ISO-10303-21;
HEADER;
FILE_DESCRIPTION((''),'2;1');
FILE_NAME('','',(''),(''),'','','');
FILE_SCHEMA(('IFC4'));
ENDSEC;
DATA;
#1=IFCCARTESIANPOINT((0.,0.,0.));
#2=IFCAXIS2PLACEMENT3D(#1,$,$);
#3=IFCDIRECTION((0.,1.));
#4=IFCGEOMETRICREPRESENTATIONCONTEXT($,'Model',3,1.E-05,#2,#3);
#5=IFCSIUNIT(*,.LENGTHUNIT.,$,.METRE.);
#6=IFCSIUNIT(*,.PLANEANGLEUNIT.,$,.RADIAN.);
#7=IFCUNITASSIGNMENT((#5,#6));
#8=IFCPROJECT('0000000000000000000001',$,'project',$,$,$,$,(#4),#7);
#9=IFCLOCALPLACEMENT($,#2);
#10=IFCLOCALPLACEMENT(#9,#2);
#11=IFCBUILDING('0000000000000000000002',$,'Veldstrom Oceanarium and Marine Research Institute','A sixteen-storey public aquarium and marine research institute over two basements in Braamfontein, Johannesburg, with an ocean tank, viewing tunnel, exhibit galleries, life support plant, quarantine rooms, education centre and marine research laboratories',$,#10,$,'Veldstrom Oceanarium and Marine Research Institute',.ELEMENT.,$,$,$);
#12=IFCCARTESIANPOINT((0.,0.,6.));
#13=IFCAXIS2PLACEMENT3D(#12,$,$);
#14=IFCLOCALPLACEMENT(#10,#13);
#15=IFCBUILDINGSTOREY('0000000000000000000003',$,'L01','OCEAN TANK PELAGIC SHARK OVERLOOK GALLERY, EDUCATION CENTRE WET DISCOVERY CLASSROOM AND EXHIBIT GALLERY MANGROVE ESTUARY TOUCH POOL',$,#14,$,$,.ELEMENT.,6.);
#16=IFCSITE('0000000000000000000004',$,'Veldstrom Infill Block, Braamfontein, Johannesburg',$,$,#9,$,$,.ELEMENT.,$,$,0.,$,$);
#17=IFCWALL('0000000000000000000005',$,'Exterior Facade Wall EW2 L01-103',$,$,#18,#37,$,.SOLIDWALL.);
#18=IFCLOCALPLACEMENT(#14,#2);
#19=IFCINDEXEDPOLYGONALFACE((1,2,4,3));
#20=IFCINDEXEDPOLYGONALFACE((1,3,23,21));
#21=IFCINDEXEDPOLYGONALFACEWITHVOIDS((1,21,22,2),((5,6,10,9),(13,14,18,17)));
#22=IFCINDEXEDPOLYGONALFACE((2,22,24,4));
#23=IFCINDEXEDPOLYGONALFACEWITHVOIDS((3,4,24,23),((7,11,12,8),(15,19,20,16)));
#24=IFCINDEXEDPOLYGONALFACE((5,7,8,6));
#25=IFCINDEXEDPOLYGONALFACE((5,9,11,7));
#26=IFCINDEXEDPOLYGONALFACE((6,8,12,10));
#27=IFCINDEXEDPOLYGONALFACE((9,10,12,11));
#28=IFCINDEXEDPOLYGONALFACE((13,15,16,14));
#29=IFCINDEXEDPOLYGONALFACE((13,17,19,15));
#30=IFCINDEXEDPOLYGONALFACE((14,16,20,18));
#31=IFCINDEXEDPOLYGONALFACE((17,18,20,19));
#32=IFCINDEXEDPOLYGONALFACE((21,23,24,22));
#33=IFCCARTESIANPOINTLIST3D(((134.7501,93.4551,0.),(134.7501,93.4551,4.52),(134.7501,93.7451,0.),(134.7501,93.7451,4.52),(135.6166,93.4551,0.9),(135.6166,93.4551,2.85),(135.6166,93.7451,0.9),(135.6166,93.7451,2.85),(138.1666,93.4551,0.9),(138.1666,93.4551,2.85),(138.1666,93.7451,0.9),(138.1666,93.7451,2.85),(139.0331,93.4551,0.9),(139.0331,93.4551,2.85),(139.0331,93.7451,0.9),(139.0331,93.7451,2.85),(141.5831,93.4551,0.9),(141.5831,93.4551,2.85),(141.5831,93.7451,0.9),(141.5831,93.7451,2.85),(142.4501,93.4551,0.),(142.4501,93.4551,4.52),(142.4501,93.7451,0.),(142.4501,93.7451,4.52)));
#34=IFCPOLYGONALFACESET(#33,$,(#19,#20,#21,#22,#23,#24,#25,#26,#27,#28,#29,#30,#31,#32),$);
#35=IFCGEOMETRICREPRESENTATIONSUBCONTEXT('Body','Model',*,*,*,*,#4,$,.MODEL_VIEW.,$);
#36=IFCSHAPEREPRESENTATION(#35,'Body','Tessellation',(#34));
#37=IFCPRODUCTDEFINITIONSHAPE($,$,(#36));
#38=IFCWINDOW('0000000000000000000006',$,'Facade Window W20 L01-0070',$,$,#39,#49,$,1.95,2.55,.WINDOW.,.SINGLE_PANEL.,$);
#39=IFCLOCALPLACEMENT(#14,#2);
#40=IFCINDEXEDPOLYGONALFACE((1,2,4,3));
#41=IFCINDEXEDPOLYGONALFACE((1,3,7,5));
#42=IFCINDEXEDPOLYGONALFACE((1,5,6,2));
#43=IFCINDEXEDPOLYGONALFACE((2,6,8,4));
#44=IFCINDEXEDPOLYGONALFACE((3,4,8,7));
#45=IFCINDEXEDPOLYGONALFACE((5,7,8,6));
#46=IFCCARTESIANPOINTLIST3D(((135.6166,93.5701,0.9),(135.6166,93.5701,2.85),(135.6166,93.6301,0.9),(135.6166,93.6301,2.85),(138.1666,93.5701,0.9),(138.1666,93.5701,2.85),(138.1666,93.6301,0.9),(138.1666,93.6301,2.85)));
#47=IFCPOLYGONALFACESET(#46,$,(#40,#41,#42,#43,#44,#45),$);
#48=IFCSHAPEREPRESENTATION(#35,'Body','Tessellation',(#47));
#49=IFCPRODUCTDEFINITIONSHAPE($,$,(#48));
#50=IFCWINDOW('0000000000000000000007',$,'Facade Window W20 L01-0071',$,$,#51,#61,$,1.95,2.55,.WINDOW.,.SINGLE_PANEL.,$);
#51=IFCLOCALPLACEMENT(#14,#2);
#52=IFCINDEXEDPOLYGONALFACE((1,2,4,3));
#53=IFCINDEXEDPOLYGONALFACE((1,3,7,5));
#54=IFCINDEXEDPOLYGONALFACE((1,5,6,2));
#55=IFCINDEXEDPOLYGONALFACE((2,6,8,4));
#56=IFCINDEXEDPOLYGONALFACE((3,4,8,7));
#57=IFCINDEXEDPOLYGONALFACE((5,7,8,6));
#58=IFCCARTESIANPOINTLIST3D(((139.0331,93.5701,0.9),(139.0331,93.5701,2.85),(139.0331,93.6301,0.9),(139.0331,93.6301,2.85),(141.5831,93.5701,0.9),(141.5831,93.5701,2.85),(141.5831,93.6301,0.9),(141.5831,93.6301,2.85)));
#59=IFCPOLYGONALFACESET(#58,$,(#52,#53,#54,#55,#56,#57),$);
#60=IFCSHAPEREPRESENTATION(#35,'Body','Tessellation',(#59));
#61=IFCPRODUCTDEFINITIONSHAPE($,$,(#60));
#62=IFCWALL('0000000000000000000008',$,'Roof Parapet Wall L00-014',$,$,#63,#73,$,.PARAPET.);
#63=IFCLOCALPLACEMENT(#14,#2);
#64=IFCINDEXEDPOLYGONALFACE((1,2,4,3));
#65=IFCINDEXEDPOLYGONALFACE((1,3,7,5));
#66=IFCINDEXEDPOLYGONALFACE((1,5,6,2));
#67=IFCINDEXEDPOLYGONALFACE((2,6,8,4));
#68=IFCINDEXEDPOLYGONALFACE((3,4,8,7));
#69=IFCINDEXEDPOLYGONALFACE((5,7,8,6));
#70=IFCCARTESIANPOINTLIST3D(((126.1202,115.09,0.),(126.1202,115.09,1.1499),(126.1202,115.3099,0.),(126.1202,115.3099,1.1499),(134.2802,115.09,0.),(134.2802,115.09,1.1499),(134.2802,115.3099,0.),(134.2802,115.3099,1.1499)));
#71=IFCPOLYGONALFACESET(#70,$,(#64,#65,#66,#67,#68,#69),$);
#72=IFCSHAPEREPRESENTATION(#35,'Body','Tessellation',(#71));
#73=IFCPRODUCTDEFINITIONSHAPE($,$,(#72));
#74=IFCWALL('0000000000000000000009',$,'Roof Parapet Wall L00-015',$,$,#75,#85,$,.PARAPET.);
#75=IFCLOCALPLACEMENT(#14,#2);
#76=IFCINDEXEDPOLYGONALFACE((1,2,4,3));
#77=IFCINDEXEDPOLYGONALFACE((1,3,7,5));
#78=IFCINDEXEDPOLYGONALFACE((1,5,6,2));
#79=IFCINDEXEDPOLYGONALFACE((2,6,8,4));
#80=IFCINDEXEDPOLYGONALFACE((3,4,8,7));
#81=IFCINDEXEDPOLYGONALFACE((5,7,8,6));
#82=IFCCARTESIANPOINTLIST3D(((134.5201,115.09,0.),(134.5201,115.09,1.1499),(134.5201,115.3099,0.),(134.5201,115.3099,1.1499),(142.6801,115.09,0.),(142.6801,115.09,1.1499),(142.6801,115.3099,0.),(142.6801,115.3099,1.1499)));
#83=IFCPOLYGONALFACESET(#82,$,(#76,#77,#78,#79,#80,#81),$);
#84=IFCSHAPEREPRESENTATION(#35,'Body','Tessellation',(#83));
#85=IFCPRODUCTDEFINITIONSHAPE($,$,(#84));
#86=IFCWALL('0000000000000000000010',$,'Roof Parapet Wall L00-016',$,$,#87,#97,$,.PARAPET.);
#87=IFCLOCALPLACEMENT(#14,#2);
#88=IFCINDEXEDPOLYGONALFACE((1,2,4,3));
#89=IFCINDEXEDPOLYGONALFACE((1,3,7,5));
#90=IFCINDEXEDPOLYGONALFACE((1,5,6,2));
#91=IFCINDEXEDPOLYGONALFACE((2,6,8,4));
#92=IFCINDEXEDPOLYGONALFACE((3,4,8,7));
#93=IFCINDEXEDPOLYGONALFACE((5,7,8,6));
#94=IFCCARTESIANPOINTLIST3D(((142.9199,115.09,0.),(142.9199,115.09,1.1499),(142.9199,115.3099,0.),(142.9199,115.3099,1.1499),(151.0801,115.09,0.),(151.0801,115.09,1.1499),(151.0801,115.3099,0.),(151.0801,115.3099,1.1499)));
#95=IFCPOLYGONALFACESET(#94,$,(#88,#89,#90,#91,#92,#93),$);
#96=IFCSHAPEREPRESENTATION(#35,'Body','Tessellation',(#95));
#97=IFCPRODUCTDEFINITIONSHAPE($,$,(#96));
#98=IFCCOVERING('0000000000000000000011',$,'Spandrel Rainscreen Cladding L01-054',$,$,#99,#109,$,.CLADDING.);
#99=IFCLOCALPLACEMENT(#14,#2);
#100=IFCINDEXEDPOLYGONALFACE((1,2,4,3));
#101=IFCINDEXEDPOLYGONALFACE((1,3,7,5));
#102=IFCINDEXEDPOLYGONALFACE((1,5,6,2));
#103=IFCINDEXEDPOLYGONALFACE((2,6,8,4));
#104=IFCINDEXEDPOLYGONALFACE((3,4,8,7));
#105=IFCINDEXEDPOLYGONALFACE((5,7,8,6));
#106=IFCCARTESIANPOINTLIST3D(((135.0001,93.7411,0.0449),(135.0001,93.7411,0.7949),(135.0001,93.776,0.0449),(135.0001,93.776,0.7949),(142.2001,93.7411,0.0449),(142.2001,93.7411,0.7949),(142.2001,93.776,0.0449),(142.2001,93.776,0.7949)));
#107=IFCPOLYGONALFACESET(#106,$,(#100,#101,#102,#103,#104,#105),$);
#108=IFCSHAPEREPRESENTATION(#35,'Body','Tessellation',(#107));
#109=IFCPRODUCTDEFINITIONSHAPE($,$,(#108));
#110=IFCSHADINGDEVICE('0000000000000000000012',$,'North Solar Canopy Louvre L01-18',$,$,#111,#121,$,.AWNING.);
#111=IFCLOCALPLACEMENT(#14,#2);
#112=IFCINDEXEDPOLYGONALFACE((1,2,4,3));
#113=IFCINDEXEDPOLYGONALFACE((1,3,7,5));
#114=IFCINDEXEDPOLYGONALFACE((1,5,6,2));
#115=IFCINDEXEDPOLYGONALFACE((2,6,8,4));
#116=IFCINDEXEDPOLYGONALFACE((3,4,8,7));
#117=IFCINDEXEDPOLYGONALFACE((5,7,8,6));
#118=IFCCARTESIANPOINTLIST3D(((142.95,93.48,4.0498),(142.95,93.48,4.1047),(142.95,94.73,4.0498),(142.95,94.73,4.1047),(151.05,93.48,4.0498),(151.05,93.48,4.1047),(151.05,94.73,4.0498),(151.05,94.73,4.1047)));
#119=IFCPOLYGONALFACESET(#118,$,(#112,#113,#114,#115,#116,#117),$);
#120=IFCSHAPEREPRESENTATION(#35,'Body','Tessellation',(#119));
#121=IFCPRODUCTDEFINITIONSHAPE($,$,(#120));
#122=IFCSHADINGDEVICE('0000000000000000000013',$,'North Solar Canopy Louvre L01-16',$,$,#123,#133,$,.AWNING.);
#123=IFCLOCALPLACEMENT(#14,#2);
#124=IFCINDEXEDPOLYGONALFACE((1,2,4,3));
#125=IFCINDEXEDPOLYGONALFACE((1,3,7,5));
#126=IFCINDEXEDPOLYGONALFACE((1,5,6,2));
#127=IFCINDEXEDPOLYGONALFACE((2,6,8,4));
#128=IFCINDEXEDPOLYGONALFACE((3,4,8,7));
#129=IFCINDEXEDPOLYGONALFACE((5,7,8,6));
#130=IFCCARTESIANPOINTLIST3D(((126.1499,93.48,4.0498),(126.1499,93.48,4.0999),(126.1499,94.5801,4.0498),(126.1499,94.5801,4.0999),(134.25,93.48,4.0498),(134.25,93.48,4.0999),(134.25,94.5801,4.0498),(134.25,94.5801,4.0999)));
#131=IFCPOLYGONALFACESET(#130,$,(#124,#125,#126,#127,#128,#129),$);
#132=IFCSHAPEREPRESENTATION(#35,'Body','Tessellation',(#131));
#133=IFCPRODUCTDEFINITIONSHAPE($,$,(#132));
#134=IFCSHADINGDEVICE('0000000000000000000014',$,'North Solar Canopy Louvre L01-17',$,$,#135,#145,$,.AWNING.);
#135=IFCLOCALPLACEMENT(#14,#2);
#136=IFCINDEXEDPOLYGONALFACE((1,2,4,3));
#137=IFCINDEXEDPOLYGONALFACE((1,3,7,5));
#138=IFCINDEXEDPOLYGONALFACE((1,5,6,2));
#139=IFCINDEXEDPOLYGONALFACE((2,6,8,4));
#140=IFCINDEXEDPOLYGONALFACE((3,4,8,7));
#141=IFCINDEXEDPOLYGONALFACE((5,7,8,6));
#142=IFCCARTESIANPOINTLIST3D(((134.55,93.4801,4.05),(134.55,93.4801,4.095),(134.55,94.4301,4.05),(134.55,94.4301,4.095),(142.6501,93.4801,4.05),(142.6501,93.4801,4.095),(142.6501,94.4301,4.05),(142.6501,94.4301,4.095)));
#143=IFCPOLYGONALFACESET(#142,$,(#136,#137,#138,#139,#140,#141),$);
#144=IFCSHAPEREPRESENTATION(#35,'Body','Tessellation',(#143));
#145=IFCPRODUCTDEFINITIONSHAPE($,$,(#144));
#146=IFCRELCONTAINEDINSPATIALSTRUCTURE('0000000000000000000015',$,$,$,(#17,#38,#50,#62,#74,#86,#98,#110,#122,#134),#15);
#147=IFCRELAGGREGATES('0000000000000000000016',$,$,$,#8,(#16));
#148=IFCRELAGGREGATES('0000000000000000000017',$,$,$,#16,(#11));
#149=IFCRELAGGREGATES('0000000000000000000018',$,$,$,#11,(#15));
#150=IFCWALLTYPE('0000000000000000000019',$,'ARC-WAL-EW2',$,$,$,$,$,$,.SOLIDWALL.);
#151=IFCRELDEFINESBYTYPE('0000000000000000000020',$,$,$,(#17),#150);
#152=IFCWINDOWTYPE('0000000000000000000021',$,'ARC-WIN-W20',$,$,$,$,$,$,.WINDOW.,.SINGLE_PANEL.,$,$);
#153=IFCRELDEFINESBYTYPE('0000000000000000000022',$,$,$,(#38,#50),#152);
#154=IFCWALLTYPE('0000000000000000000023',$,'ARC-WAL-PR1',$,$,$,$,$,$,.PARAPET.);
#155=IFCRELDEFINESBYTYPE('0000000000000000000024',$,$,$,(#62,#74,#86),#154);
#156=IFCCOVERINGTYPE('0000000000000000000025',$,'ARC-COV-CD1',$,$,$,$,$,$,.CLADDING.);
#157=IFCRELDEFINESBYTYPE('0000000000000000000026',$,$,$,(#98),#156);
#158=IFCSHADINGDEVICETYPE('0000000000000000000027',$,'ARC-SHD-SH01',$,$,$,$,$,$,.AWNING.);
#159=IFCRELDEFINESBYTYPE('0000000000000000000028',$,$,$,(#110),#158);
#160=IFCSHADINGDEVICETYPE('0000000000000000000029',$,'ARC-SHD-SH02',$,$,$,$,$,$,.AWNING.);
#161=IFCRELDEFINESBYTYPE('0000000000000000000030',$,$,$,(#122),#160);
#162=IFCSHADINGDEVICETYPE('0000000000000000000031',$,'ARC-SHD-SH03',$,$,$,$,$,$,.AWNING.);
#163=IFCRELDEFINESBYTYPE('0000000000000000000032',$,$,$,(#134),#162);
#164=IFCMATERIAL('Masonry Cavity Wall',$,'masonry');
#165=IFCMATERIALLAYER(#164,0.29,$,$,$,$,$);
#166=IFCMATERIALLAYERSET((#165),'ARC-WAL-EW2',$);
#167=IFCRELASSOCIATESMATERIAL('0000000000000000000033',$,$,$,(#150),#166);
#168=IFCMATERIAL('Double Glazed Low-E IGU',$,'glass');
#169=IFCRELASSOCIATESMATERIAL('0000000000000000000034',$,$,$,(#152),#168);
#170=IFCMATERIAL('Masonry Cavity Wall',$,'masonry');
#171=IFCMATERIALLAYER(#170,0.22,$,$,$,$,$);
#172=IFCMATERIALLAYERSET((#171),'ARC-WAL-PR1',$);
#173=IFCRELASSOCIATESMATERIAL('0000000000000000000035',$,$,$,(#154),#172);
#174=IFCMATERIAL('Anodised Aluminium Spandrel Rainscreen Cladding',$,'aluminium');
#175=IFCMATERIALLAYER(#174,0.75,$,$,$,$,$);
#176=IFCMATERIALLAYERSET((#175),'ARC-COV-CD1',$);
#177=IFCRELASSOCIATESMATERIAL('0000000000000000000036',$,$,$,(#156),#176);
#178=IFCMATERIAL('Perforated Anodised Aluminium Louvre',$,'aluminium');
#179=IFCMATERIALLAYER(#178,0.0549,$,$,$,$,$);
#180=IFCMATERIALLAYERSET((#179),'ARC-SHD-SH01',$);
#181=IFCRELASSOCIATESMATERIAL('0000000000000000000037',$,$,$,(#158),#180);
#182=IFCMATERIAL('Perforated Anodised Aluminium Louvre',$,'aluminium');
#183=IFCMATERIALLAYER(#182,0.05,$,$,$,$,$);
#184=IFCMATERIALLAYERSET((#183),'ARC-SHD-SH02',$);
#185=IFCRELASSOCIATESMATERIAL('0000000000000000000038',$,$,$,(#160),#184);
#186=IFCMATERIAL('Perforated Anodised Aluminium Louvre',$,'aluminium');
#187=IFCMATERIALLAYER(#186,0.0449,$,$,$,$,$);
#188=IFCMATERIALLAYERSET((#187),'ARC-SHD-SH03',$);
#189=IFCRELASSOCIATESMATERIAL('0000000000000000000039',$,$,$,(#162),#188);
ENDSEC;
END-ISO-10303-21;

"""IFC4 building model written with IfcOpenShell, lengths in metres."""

from ifc_helpers import new_model, si_unit, direction, frame, frame_2d, origin, origin_2d, place, context, subcontext, project, spatial, rectangle, extrude, material, layer, layer_set, type_object, element, fill, save


model = new_model("IFC4")

# Units and contexts
model_context = context("Model", 3, precision=1e-05, world=origin(), true_north=direction((0.0, 1.0)))
body_context = subcontext(model_context, "Body", "Model", "MODEL_VIEW")
ifc_project = project(units=[si_unit("LENGTHUNIT", "METRE"), si_unit("PLANEANGLEUNIT", "RADIAN")], contexts=[model_context])

# Site, building, storey
site_placement = place(None, origin())
site = spatial("IfcSite", under=ifc_project, at=site_placement, Name="Veldstrom Infill Block, Braamfontein, Johannesburg", CompositionType="ELEMENT", RefElevation=0.0)
building_placement = place(site_placement, origin())
building = spatial("IfcBuilding", under=site, at=building_placement, Name="Veldstrom Oceanarium and Marine Research Institute", Description="A sixteen-storey public aquarium and marine research institute over two basements in Braamfontein, Johannesburg, with an ocean tank, viewing tunnel, exhibit galleries, life support plant, quarantine rooms, education centre and marine research laboratories", LongName="Veldstrom Oceanarium and Marine Research Institute", CompositionType="ELEMENT")
storey_placement = place(building_placement, frame((0.0, 0.0, 6.0)))
storey = spatial("IfcBuildingStorey", under=building, at=storey_placement, Name="L01", Description="OCEAN TANK PELAGIC SHARK OVERLOOK GALLERY, EDUCATION CENTRE WET DISCOVERY CLASSROOM AND EXHIBIT GALLERY MANGROVE ESTUARY TOUCH POOL", CompositionType="ELEMENT", Elevation=6.0)

# Wall, openings, windows
ifc_material_1 = material(Name="Masonry Cavity Wall", Category="masonry")
ifc_layer_1 = layer(ifc_material_1, 0.29)
ifc_layer_set_1 = layer_set([ifc_layer_1], Name="ARC-WAL-EW2")
wall_type_1 = type_object("IfcWallType", Name="ARC-WAL-EW2", PredefinedType="SOLIDWALL", material=ifc_layer_set_1)
wall_1_placement = place(storey_placement, frame((134.75, 93.6001, 0.0), z_axis=(0.0, 0.0, 1.0), x_axis=(1.0, 0.0, 0.0)))
wall_1 = element("IfcWall", 1, at=wall_1_placement, inside=storey, type_object=wall_type_1, Name="Exterior Facade Wall EW2 L01-103", PredefinedType="SOLIDWALL", context=body_context, shape_type="SweptSolid", body=[
    extrude(rectangle(XDim=7.7, YDim=0.29, at=frame_2d((3.8501, 0.0))), origin(), (0.0, 0.0, 1.0), 4.52),
])
opening_1_placement = place(wall_1_placement, frame((0.8667, 0.0, 0.8999)))
opening_1 = element("IfcOpeningElement", 2, at=opening_1_placement, cuts=wall_1, PredefinedType="OPENING", context=body_context, shape_type="SweptSolid", body=[
    extrude(rectangle(XDim=2.55, YDim=1.95, at=frame_2d((1.2749, 0.9751))), frame((0.0, 0.155, 0.0), z_axis=(0.0, -1.0, 0.0), x_axis=(1.0, 0.0, 0.0)), (0.0, 0.0, 1.0), 0.3101),
])
opening_2_placement = place(wall_1_placement, frame((4.2832, 0.0, 0.8999)))
opening_2 = element("IfcOpeningElement", 3, at=opening_2_placement, cuts=wall_1, PredefinedType="OPENING", context=body_context, shape_type="SweptSolid", body=[
    extrude(rectangle(XDim=2.55, YDim=1.95, at=frame_2d((1.2749, 0.9751))), frame((0.0, 0.155, 0.0), z_axis=(0.0, -1.0, 0.0), x_axis=(1.0, 0.0, 0.0)), (0.0, 0.0, 1.0), 0.3101),
])
ifc_material_2 = material(Name="Double Glazed Low-E IGU", Category="glass")
window_type = type_object("IfcWindowType", Name="ARC-WIN-W20", PartitioningType="SINGLE_PANEL", PredefinedType="WINDOW", material=ifc_material_2)
window_1_placement = place(opening_1_placement, origin())
window_1 = element("IfcWindow", 4, at=window_1_placement, inside=storey, type_object=window_type, Name="Facade Window W20 L01-0070", OverallHeight=1.95, OverallWidth=2.55, PartitioningType="SINGLE_PANEL", PredefinedType="WINDOW", context=body_context, shape_type="SweptSolid", body=[
    extrude(rectangle(XDim=2.55, YDim=1.95, at=frame_2d((1.2749, 0.9751))), frame((0.0, 0.03, 0.0), z_axis=(0.0, -1.0, 0.0), x_axis=(1.0, 0.0, 0.0)), (0.0, 0.0, 1.0), 0.0601),
])
fill(opening_1, window_1)
window_2_placement = place(opening_2_placement, origin())
window_2 = element("IfcWindow", 5, at=window_2_placement, inside=storey, type_object=window_type, Name="Facade Window W20 L01-0071", OverallHeight=1.95, OverallWidth=2.55, PartitioningType="SINGLE_PANEL", PredefinedType="WINDOW", context=body_context, shape_type="SweptSolid", body=[
    extrude(rectangle(XDim=2.55, YDim=1.95, at=frame_2d((1.2749, 0.9751))), frame((0.0, 0.03, 0.0), z_axis=(0.0, -1.0, 0.0), x_axis=(1.0, 0.0, 0.0)), (0.0, 0.0, 1.0), 0.0601),
])
fill(opening_2, window_2)

# Walls
ifc_material_3 = material(Name="Masonry Cavity Wall", Category="masonry")
ifc_layer_2 = layer(ifc_material_3, 0.22)
ifc_layer_set_2 = layer_set([ifc_layer_2], Name="ARC-WAL-PR1")
wall_type_2 = type_object("IfcWallType", Name="ARC-WAL-PR1", PredefinedType="PARAPET", material=ifc_layer_set_2)
for number, where, z_axis, x_axis, name in (
    (6, (126.1201, 115.2, 0.0), (0.0, 0.0, 1.0), (1.0, 0.0, 0.0), "Roof Parapet Wall L00-014"),
    (7, (134.52, 115.2, 0.0), (0.0, 0.0, 1.0), (1.0, 0.0, 0.0), "Roof Parapet Wall L00-015"),
):
    element("IfcWall", number, at=place(storey_placement, frame(where, z_axis=z_axis, x_axis=x_axis)), inside=storey, type_object=wall_type_2, Name=name, PredefinedType="PARAPET", context=body_context, shape_type="SweptSolid", body=[
        extrude(rectangle(XDim=8.1599, YDim=0.22, at=frame_2d((4.0801, 0.0))), origin(), (0.0, 0.0, 1.0), 1.1499),
    ])
wall_2_placement = place(storey_placement, frame((142.9199, 115.2, 0.0), z_axis=(0.0, 0.0, 1.0), x_axis=(1.0, 0.0, 0.0)))
element("IfcWall", 8, at=wall_2_placement, inside=storey, type_object=wall_type_2, Name="Roof Parapet Wall L00-016", PredefinedType="PARAPET", context=body_context, shape_type="SweptSolid", body=[
    extrude(rectangle(XDim=8.1602, YDim=0.22, at=frame_2d((4.0801, 0.0))), origin(), (0.0, 0.0, 1.0), 1.1499),
])

# Covering
ifc_material_4 = material(Name="Anodised Aluminium Spandrel Rainscreen Cladding", Category="aluminium")
ifc_layer_3 = layer(ifc_material_4, 0.75)
ifc_layer_set_3 = layer_set([ifc_layer_3], Name="ARC-COV-CD1")
covering_type = type_object("IfcCoveringType", Name="ARC-COV-CD1", PredefinedType="CLADDING", material=ifc_layer_set_3)
covering_placement = place(storey_placement, frame((138.6001, 93.7585, 0.0449), z_axis=(0.0, 0.0, 1.0), x_axis=(1.0, 0.0, 0.0)))
element("IfcCovering", 9, at=covering_placement, inside=storey, type_object=covering_type, Name="Spandrel Rainscreen Cladding L01-054", PredefinedType="CLADDING", context=body_context, shape_type="SweptSolid", body=[
    extrude(rectangle(XDim=7.2, YDim=0.0349, at=origin_2d()), origin(), (0.0, 0.0, 1.0), 0.75),
])

# Shading devices
ifc_material_5 = material(Name="Perforated Anodised Aluminium Louvre", Category="aluminium")
ifc_layer_4 = layer(ifc_material_5, 0.0549)
ifc_layer_set_4 = layer_set([ifc_layer_4], Name="ARC-SHD-SH01")
shading_device_type_1 = type_object("IfcShadingDeviceType", Name="ARC-SHD-SH01", PredefinedType="AWNING", material=ifc_layer_set_4)
shading_device_1_placement = place(storey_placement, frame((147.0, 94.105, 4.0498), z_axis=(0.0, 0.0, 1.0), x_axis=(1.0, 0.0, 0.0)))
element("IfcShadingDevice", 10, at=shading_device_1_placement, inside=storey, type_object=shading_device_type_1, Name="North Solar Canopy Louvre L01-18", PredefinedType="AWNING", context=body_context, shape_type="SweptSolid", body=[
    extrude(rectangle(XDim=8.1001, YDim=1.25, at=origin_2d()), origin(), (0.0, 0.0, 1.0), 0.0549),
])
ifc_material_6 = material(Name="Perforated Anodised Aluminium Louvre", Category="aluminium")
ifc_layer_5 = layer(ifc_material_6, 0.05)
ifc_layer_set_5 = layer_set([ifc_layer_5], Name="ARC-SHD-SH02")
shading_device_type_2 = type_object("IfcShadingDeviceType", Name="ARC-SHD-SH02", PredefinedType="AWNING", material=ifc_layer_set_5)
shading_device_2_placement = place(storey_placement, frame((130.2, 94.03, 4.0498), z_axis=(0.0, 0.0, 1.0), x_axis=(1.0, 0.0, 0.0)))
element("IfcShadingDevice", 11, at=shading_device_2_placement, inside=storey, type_object=shading_device_type_2, Name="North Solar Canopy Louvre L01-16", PredefinedType="AWNING", context=body_context, shape_type="SweptSolid", body=[
    extrude(rectangle(XDim=8.1001, YDim=1.1001, at=origin_2d()), origin(), (0.0, 0.0, 1.0), 0.05),
])
ifc_material_7 = material(Name="Perforated Anodised Aluminium Louvre", Category="aluminium")
ifc_layer_6 = layer(ifc_material_7, 0.0449)
ifc_layer_set_6 = layer_set([ifc_layer_6], Name="ARC-SHD-SH03")
shading_device_type_3 = type_object("IfcShadingDeviceType", Name="ARC-SHD-SH03", PredefinedType="AWNING", material=ifc_layer_set_6)
shading_device_3_placement = place(storey_placement, frame((138.6001, 93.9551, 4.05), z_axis=(0.0, 0.0, 1.0), x_axis=(1.0, 0.0, 0.0)))
element("IfcShadingDevice", 12, at=shading_device_3_placement, inside=storey, type_object=shading_device_type_3, Name="North Solar Canopy Louvre L01-17", PredefinedType="AWNING", context=body_context, shape_type="SweptSolid", body=[
    extrude(rectangle(XDim=8.1001, YDim=0.95, at=origin_2d()), origin(), (0.0, 0.0, 1.0), 0.0449),
])

save(model, "model.ifc")
